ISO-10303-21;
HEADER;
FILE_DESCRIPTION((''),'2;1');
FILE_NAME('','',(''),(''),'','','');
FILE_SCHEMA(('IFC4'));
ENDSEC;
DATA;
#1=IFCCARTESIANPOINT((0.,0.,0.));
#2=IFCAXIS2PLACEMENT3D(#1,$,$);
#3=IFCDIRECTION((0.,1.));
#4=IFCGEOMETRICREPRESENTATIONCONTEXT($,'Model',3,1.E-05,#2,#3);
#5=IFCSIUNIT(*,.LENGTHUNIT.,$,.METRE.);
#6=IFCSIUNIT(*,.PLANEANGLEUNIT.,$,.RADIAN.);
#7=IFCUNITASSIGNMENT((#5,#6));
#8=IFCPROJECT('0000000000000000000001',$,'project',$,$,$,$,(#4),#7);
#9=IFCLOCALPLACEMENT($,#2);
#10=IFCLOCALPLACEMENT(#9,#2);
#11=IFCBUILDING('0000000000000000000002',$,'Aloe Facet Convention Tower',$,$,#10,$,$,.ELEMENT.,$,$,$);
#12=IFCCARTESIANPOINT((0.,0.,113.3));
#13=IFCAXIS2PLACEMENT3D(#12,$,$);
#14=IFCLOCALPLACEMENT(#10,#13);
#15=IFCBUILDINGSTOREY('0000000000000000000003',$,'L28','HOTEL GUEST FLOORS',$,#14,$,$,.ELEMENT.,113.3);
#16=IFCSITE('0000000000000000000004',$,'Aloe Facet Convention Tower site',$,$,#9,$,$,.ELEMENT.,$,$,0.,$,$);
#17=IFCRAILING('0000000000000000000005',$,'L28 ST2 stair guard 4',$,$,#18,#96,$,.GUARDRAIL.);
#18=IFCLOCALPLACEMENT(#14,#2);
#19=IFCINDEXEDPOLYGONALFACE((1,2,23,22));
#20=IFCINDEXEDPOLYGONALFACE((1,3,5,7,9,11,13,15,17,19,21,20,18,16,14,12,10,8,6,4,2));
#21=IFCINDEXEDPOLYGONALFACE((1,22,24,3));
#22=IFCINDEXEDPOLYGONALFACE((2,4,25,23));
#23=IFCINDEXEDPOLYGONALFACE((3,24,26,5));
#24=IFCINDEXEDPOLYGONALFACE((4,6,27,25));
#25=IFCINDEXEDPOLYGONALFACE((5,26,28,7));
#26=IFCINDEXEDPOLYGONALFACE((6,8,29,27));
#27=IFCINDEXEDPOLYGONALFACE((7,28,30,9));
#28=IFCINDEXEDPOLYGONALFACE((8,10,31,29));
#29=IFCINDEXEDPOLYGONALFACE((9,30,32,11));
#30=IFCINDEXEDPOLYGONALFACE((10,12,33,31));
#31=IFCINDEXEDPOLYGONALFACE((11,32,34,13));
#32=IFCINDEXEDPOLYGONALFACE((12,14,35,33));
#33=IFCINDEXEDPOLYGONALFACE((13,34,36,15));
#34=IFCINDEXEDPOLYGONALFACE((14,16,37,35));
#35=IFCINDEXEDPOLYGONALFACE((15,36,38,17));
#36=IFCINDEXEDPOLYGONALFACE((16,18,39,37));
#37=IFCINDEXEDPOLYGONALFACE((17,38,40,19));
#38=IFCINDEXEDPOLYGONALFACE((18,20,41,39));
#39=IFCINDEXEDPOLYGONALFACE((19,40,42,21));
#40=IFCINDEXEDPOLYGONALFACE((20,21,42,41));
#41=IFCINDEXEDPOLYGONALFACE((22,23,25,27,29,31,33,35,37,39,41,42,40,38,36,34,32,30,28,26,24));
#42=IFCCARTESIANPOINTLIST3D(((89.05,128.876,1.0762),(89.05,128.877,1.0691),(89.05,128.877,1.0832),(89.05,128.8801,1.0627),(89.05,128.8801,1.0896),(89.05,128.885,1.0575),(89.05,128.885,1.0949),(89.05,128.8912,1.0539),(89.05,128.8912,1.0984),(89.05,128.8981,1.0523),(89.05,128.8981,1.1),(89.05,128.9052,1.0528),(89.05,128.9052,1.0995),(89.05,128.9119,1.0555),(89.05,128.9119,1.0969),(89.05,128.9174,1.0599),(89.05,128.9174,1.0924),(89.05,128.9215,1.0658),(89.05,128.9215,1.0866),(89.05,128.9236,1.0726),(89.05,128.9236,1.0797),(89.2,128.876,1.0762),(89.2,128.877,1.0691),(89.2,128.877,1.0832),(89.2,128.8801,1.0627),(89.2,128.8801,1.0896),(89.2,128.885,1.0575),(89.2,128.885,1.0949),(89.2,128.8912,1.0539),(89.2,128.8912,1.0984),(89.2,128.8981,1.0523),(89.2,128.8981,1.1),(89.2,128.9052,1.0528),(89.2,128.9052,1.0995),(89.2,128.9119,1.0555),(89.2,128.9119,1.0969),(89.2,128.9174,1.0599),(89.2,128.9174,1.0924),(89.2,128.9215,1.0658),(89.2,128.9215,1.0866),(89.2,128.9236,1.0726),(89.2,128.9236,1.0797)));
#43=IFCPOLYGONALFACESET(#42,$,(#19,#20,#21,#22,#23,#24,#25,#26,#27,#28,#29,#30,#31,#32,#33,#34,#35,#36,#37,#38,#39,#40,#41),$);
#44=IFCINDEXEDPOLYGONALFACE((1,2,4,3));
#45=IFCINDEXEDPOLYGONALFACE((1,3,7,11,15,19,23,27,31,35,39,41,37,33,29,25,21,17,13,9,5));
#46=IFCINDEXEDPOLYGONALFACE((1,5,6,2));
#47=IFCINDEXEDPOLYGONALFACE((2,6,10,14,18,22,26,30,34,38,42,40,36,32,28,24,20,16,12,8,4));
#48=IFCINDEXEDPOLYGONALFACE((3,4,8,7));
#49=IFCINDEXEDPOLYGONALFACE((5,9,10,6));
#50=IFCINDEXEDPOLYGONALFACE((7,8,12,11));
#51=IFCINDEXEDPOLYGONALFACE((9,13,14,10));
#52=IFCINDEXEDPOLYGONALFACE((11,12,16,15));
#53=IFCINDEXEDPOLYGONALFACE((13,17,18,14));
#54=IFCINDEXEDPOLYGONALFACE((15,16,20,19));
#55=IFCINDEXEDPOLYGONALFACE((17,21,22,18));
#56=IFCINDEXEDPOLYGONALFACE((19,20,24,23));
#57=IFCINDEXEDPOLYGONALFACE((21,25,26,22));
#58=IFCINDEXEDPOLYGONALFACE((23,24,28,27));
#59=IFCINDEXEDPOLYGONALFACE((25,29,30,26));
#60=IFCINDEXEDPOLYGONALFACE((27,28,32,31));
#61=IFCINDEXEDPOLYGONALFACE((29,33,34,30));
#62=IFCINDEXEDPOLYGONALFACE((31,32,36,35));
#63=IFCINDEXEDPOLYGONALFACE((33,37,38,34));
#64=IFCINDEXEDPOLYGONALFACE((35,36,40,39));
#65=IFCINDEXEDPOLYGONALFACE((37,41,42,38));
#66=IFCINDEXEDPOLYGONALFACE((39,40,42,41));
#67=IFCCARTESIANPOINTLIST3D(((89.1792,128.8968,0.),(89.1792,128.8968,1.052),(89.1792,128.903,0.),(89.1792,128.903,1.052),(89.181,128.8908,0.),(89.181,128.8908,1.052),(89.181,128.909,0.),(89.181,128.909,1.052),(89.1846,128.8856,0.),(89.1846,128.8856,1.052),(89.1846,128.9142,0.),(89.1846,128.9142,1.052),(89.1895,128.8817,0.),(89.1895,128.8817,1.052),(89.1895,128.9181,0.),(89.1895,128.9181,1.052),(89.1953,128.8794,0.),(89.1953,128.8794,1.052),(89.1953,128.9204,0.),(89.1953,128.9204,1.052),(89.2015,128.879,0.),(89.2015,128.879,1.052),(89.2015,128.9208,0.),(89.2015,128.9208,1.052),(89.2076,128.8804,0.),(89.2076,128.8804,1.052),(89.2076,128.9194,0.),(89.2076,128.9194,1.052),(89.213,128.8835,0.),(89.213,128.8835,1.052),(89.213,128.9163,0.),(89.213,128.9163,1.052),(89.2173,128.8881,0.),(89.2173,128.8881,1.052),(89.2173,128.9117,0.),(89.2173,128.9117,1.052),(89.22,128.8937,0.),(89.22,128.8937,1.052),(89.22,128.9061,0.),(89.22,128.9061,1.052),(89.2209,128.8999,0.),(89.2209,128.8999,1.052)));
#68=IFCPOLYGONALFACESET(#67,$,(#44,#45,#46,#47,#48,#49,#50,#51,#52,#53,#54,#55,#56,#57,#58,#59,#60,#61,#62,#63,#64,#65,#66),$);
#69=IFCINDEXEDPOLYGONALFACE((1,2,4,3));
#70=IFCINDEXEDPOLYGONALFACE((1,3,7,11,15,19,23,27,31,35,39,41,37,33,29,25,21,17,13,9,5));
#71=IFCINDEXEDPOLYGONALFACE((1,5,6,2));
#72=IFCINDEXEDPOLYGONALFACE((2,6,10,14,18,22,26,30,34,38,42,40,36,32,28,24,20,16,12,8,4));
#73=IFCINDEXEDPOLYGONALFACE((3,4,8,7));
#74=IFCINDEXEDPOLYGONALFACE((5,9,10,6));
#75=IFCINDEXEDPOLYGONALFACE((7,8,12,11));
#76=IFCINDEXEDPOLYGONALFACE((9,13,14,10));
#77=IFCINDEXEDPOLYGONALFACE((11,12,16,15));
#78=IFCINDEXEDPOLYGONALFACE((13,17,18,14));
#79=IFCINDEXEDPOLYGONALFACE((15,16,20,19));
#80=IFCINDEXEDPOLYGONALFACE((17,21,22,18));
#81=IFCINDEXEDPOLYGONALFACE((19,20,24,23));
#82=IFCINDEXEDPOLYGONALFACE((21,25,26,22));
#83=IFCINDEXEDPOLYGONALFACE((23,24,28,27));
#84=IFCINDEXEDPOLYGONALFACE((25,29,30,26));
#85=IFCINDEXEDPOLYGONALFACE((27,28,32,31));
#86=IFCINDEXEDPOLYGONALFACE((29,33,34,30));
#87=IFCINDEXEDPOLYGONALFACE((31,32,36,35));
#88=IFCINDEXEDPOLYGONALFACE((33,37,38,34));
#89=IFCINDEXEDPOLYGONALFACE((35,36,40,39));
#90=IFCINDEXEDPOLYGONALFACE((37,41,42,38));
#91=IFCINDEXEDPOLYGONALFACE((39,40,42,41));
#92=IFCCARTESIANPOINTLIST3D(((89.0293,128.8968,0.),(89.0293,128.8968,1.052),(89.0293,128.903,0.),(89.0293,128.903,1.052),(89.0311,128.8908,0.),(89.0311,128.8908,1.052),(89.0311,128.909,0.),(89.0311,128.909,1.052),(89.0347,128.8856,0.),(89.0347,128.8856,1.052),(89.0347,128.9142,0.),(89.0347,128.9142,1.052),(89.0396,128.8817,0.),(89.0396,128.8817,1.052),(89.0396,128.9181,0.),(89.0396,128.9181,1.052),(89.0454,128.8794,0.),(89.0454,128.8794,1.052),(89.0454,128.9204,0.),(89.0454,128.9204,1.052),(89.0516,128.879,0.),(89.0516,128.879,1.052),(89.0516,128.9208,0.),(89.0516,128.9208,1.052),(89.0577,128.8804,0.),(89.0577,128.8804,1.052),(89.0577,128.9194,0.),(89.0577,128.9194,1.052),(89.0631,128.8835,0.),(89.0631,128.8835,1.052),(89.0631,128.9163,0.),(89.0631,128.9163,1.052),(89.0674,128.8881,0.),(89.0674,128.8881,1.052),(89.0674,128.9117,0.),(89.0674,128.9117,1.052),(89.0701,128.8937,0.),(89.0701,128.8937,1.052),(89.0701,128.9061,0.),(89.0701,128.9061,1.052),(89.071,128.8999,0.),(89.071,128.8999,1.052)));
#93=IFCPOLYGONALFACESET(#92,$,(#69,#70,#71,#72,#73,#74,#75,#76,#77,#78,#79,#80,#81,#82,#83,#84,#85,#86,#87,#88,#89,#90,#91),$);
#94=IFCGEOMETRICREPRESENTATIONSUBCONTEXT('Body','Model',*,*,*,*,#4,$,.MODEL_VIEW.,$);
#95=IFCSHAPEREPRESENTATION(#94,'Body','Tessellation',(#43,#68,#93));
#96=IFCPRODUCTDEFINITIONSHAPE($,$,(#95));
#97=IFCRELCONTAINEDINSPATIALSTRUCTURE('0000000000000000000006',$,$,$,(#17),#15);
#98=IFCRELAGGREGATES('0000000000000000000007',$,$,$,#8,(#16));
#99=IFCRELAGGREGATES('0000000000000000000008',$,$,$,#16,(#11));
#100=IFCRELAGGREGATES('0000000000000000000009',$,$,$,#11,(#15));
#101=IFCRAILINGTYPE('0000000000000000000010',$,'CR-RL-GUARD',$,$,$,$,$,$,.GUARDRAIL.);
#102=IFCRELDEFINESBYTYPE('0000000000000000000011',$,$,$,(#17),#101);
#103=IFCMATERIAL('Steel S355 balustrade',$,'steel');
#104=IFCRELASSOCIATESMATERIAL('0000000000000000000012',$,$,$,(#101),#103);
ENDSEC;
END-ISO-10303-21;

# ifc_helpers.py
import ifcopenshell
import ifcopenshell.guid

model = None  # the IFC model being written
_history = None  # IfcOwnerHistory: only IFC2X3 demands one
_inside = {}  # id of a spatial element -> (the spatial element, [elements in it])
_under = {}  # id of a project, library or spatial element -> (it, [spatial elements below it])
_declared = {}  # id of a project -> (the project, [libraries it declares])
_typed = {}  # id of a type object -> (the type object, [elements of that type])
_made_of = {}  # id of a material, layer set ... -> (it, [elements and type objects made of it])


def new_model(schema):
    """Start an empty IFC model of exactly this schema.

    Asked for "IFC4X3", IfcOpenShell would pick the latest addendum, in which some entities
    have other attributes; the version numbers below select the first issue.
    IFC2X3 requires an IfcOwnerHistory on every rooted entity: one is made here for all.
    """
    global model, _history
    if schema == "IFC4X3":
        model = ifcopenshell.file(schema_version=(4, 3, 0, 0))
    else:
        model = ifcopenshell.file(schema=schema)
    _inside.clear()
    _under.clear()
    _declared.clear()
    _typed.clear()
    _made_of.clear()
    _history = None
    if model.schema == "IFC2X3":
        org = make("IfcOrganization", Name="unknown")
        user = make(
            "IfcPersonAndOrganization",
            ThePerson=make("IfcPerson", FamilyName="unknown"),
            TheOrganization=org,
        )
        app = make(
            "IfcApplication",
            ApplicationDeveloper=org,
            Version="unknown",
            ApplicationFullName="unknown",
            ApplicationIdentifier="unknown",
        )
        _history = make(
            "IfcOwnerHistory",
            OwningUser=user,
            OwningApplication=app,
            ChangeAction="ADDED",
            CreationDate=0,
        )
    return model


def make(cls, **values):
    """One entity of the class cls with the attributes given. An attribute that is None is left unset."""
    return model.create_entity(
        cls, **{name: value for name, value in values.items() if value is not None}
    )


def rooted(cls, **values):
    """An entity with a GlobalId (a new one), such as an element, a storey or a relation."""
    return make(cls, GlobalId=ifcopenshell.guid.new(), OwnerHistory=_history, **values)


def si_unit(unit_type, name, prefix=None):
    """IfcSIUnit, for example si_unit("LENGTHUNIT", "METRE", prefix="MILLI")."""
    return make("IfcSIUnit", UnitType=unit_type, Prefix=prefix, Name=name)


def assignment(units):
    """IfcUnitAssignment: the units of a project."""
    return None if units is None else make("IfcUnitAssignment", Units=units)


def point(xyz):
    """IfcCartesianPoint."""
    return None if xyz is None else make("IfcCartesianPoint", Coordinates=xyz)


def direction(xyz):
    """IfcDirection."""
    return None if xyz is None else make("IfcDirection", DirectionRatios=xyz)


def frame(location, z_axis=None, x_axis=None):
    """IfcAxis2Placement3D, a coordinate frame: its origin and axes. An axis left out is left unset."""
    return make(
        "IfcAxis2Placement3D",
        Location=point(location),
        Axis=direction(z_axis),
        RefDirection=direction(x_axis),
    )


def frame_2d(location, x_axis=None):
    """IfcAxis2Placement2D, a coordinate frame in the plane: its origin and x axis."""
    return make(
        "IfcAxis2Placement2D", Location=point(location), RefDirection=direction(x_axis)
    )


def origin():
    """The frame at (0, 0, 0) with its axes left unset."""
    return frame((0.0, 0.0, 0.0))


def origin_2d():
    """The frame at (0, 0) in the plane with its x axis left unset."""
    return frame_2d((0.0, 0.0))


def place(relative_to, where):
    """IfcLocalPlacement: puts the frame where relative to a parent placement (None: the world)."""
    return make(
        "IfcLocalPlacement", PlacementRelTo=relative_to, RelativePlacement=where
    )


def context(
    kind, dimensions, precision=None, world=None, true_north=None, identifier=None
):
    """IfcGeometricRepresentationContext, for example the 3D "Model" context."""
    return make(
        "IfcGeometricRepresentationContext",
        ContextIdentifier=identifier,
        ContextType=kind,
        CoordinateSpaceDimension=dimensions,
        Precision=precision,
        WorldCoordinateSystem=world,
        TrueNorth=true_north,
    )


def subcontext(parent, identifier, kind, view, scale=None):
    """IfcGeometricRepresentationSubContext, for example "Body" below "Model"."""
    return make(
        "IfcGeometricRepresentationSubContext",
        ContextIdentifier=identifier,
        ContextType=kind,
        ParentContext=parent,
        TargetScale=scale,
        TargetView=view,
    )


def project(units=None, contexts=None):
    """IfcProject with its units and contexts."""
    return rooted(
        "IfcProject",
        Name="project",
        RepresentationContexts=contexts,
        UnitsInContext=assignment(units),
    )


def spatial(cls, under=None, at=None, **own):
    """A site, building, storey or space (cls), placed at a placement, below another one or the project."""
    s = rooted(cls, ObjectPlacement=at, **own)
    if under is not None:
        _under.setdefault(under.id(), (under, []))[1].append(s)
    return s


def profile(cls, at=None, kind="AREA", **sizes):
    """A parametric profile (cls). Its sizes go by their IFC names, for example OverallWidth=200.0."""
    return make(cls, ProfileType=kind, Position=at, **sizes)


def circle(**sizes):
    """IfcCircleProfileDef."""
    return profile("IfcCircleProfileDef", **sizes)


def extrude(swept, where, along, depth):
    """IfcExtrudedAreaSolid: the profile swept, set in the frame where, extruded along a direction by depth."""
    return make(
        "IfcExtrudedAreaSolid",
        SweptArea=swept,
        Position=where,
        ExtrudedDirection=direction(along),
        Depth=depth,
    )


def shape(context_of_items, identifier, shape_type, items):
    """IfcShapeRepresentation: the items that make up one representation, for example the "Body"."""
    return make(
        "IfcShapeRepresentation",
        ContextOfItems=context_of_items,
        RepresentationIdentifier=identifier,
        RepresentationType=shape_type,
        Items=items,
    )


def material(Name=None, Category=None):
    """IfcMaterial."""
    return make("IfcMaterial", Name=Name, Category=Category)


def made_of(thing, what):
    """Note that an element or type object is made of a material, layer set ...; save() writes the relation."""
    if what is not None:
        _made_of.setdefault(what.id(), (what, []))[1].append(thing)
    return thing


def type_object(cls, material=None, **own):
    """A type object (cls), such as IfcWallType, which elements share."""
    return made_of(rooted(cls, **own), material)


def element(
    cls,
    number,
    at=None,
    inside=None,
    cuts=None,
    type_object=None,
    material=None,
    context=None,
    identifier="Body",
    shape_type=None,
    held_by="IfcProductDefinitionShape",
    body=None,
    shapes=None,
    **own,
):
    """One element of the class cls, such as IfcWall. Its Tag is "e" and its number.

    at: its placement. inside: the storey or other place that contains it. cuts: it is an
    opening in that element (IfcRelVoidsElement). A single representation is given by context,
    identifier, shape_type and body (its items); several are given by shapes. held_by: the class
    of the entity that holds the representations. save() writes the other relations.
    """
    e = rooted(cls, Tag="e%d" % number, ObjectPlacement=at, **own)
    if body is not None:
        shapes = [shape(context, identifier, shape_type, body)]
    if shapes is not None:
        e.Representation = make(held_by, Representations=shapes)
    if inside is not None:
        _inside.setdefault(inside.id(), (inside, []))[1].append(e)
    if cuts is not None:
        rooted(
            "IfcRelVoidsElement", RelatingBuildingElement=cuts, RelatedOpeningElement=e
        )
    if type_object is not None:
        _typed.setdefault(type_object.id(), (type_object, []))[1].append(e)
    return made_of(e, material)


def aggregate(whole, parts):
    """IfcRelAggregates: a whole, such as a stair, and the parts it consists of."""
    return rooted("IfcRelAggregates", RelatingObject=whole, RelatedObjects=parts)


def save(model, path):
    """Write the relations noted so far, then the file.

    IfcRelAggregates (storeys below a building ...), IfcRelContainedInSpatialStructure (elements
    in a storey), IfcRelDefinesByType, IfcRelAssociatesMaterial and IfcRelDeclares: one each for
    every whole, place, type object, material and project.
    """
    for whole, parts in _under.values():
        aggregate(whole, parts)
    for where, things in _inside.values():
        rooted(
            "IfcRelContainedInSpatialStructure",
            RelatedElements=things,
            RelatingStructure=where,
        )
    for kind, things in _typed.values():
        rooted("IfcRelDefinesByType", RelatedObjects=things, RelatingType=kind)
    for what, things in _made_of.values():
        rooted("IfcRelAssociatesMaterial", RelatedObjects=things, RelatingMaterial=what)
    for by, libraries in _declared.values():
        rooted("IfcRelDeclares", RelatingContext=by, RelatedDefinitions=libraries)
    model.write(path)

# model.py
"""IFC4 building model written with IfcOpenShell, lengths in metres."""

from ifc_helpers import new_model, si_unit, direction, frame, origin, origin_2d, place, context, subcontext, project, spatial, circle, extrude, material, type_object, element, save


model = new_model("IFC4")

# Units and contexts
model_context = context("Model", 3, precision=1e-05, world=origin(), true_north=direction((0.0, 1.0)))
body_context = subcontext(model_context, "Body", "Model", "MODEL_VIEW")
ifc_project = project(units=[si_unit("LENGTHUNIT", "METRE"), si_unit("PLANEANGLEUNIT", "RADIAN")], contexts=[model_context])

# Site, building, storey
site_placement = place(None, origin())
site = spatial("IfcSite", under=ifc_project, at=site_placement, Name="Aloe Facet Convention Tower site", CompositionType="ELEMENT", RefElevation=0.0)
building_placement = place(site_placement, origin())
building = spatial("IfcBuilding", under=site, at=building_placement, Name="Aloe Facet Convention Tower", CompositionType="ELEMENT")
storey_placement = place(building_placement, frame((0.0, 0.0, 113.3)))
storey = spatial("IfcBuildingStorey", under=building, at=storey_placement, Name="L28", Description="HOTEL GUEST FLOORS", CompositionType="ELEMENT", Elevation=113.3)

# Railing
ifc_material_1 = material(Name="Steel S355 balustrade", Category="steel")
railing_type = type_object("IfcRailingType", Name="CR-RL-GUARD", PredefinedType="GUARDRAIL", material=ifc_material_1)
railing_1_placement = place(storey_placement, frame((89.2, 128.8999, 0.0)))
element("IfcRailing", 1, at=railing_1_placement, inside=storey, type_object=railing_type, Name="L28 ST2 stair guard 4", PredefinedType="GUARDRAIL", context=body_context, shape_type="SweptSolid", body=[
    extrude(circle(Radius=0.0239, at=origin_2d()), frame((0.0, 0.0, 1.0762), z_axis=(-1.0, 0.0, 0.0), x_axis=(0.0, -1.0, 0.0)), (0.0, 0.0, 1.0), 0.1499),
    extrude(circle(Radius=0.021, at=origin_2d()), origin(), (0.0, 0.0, 1.0), 1.052),
    extrude(circle(Radius=0.021, at=origin_2d()), frame((-0.1499, 0.0, 0.0)), (0.0, 0.0, 1.0), 1.052),
])

save(model, "model.ifc")
